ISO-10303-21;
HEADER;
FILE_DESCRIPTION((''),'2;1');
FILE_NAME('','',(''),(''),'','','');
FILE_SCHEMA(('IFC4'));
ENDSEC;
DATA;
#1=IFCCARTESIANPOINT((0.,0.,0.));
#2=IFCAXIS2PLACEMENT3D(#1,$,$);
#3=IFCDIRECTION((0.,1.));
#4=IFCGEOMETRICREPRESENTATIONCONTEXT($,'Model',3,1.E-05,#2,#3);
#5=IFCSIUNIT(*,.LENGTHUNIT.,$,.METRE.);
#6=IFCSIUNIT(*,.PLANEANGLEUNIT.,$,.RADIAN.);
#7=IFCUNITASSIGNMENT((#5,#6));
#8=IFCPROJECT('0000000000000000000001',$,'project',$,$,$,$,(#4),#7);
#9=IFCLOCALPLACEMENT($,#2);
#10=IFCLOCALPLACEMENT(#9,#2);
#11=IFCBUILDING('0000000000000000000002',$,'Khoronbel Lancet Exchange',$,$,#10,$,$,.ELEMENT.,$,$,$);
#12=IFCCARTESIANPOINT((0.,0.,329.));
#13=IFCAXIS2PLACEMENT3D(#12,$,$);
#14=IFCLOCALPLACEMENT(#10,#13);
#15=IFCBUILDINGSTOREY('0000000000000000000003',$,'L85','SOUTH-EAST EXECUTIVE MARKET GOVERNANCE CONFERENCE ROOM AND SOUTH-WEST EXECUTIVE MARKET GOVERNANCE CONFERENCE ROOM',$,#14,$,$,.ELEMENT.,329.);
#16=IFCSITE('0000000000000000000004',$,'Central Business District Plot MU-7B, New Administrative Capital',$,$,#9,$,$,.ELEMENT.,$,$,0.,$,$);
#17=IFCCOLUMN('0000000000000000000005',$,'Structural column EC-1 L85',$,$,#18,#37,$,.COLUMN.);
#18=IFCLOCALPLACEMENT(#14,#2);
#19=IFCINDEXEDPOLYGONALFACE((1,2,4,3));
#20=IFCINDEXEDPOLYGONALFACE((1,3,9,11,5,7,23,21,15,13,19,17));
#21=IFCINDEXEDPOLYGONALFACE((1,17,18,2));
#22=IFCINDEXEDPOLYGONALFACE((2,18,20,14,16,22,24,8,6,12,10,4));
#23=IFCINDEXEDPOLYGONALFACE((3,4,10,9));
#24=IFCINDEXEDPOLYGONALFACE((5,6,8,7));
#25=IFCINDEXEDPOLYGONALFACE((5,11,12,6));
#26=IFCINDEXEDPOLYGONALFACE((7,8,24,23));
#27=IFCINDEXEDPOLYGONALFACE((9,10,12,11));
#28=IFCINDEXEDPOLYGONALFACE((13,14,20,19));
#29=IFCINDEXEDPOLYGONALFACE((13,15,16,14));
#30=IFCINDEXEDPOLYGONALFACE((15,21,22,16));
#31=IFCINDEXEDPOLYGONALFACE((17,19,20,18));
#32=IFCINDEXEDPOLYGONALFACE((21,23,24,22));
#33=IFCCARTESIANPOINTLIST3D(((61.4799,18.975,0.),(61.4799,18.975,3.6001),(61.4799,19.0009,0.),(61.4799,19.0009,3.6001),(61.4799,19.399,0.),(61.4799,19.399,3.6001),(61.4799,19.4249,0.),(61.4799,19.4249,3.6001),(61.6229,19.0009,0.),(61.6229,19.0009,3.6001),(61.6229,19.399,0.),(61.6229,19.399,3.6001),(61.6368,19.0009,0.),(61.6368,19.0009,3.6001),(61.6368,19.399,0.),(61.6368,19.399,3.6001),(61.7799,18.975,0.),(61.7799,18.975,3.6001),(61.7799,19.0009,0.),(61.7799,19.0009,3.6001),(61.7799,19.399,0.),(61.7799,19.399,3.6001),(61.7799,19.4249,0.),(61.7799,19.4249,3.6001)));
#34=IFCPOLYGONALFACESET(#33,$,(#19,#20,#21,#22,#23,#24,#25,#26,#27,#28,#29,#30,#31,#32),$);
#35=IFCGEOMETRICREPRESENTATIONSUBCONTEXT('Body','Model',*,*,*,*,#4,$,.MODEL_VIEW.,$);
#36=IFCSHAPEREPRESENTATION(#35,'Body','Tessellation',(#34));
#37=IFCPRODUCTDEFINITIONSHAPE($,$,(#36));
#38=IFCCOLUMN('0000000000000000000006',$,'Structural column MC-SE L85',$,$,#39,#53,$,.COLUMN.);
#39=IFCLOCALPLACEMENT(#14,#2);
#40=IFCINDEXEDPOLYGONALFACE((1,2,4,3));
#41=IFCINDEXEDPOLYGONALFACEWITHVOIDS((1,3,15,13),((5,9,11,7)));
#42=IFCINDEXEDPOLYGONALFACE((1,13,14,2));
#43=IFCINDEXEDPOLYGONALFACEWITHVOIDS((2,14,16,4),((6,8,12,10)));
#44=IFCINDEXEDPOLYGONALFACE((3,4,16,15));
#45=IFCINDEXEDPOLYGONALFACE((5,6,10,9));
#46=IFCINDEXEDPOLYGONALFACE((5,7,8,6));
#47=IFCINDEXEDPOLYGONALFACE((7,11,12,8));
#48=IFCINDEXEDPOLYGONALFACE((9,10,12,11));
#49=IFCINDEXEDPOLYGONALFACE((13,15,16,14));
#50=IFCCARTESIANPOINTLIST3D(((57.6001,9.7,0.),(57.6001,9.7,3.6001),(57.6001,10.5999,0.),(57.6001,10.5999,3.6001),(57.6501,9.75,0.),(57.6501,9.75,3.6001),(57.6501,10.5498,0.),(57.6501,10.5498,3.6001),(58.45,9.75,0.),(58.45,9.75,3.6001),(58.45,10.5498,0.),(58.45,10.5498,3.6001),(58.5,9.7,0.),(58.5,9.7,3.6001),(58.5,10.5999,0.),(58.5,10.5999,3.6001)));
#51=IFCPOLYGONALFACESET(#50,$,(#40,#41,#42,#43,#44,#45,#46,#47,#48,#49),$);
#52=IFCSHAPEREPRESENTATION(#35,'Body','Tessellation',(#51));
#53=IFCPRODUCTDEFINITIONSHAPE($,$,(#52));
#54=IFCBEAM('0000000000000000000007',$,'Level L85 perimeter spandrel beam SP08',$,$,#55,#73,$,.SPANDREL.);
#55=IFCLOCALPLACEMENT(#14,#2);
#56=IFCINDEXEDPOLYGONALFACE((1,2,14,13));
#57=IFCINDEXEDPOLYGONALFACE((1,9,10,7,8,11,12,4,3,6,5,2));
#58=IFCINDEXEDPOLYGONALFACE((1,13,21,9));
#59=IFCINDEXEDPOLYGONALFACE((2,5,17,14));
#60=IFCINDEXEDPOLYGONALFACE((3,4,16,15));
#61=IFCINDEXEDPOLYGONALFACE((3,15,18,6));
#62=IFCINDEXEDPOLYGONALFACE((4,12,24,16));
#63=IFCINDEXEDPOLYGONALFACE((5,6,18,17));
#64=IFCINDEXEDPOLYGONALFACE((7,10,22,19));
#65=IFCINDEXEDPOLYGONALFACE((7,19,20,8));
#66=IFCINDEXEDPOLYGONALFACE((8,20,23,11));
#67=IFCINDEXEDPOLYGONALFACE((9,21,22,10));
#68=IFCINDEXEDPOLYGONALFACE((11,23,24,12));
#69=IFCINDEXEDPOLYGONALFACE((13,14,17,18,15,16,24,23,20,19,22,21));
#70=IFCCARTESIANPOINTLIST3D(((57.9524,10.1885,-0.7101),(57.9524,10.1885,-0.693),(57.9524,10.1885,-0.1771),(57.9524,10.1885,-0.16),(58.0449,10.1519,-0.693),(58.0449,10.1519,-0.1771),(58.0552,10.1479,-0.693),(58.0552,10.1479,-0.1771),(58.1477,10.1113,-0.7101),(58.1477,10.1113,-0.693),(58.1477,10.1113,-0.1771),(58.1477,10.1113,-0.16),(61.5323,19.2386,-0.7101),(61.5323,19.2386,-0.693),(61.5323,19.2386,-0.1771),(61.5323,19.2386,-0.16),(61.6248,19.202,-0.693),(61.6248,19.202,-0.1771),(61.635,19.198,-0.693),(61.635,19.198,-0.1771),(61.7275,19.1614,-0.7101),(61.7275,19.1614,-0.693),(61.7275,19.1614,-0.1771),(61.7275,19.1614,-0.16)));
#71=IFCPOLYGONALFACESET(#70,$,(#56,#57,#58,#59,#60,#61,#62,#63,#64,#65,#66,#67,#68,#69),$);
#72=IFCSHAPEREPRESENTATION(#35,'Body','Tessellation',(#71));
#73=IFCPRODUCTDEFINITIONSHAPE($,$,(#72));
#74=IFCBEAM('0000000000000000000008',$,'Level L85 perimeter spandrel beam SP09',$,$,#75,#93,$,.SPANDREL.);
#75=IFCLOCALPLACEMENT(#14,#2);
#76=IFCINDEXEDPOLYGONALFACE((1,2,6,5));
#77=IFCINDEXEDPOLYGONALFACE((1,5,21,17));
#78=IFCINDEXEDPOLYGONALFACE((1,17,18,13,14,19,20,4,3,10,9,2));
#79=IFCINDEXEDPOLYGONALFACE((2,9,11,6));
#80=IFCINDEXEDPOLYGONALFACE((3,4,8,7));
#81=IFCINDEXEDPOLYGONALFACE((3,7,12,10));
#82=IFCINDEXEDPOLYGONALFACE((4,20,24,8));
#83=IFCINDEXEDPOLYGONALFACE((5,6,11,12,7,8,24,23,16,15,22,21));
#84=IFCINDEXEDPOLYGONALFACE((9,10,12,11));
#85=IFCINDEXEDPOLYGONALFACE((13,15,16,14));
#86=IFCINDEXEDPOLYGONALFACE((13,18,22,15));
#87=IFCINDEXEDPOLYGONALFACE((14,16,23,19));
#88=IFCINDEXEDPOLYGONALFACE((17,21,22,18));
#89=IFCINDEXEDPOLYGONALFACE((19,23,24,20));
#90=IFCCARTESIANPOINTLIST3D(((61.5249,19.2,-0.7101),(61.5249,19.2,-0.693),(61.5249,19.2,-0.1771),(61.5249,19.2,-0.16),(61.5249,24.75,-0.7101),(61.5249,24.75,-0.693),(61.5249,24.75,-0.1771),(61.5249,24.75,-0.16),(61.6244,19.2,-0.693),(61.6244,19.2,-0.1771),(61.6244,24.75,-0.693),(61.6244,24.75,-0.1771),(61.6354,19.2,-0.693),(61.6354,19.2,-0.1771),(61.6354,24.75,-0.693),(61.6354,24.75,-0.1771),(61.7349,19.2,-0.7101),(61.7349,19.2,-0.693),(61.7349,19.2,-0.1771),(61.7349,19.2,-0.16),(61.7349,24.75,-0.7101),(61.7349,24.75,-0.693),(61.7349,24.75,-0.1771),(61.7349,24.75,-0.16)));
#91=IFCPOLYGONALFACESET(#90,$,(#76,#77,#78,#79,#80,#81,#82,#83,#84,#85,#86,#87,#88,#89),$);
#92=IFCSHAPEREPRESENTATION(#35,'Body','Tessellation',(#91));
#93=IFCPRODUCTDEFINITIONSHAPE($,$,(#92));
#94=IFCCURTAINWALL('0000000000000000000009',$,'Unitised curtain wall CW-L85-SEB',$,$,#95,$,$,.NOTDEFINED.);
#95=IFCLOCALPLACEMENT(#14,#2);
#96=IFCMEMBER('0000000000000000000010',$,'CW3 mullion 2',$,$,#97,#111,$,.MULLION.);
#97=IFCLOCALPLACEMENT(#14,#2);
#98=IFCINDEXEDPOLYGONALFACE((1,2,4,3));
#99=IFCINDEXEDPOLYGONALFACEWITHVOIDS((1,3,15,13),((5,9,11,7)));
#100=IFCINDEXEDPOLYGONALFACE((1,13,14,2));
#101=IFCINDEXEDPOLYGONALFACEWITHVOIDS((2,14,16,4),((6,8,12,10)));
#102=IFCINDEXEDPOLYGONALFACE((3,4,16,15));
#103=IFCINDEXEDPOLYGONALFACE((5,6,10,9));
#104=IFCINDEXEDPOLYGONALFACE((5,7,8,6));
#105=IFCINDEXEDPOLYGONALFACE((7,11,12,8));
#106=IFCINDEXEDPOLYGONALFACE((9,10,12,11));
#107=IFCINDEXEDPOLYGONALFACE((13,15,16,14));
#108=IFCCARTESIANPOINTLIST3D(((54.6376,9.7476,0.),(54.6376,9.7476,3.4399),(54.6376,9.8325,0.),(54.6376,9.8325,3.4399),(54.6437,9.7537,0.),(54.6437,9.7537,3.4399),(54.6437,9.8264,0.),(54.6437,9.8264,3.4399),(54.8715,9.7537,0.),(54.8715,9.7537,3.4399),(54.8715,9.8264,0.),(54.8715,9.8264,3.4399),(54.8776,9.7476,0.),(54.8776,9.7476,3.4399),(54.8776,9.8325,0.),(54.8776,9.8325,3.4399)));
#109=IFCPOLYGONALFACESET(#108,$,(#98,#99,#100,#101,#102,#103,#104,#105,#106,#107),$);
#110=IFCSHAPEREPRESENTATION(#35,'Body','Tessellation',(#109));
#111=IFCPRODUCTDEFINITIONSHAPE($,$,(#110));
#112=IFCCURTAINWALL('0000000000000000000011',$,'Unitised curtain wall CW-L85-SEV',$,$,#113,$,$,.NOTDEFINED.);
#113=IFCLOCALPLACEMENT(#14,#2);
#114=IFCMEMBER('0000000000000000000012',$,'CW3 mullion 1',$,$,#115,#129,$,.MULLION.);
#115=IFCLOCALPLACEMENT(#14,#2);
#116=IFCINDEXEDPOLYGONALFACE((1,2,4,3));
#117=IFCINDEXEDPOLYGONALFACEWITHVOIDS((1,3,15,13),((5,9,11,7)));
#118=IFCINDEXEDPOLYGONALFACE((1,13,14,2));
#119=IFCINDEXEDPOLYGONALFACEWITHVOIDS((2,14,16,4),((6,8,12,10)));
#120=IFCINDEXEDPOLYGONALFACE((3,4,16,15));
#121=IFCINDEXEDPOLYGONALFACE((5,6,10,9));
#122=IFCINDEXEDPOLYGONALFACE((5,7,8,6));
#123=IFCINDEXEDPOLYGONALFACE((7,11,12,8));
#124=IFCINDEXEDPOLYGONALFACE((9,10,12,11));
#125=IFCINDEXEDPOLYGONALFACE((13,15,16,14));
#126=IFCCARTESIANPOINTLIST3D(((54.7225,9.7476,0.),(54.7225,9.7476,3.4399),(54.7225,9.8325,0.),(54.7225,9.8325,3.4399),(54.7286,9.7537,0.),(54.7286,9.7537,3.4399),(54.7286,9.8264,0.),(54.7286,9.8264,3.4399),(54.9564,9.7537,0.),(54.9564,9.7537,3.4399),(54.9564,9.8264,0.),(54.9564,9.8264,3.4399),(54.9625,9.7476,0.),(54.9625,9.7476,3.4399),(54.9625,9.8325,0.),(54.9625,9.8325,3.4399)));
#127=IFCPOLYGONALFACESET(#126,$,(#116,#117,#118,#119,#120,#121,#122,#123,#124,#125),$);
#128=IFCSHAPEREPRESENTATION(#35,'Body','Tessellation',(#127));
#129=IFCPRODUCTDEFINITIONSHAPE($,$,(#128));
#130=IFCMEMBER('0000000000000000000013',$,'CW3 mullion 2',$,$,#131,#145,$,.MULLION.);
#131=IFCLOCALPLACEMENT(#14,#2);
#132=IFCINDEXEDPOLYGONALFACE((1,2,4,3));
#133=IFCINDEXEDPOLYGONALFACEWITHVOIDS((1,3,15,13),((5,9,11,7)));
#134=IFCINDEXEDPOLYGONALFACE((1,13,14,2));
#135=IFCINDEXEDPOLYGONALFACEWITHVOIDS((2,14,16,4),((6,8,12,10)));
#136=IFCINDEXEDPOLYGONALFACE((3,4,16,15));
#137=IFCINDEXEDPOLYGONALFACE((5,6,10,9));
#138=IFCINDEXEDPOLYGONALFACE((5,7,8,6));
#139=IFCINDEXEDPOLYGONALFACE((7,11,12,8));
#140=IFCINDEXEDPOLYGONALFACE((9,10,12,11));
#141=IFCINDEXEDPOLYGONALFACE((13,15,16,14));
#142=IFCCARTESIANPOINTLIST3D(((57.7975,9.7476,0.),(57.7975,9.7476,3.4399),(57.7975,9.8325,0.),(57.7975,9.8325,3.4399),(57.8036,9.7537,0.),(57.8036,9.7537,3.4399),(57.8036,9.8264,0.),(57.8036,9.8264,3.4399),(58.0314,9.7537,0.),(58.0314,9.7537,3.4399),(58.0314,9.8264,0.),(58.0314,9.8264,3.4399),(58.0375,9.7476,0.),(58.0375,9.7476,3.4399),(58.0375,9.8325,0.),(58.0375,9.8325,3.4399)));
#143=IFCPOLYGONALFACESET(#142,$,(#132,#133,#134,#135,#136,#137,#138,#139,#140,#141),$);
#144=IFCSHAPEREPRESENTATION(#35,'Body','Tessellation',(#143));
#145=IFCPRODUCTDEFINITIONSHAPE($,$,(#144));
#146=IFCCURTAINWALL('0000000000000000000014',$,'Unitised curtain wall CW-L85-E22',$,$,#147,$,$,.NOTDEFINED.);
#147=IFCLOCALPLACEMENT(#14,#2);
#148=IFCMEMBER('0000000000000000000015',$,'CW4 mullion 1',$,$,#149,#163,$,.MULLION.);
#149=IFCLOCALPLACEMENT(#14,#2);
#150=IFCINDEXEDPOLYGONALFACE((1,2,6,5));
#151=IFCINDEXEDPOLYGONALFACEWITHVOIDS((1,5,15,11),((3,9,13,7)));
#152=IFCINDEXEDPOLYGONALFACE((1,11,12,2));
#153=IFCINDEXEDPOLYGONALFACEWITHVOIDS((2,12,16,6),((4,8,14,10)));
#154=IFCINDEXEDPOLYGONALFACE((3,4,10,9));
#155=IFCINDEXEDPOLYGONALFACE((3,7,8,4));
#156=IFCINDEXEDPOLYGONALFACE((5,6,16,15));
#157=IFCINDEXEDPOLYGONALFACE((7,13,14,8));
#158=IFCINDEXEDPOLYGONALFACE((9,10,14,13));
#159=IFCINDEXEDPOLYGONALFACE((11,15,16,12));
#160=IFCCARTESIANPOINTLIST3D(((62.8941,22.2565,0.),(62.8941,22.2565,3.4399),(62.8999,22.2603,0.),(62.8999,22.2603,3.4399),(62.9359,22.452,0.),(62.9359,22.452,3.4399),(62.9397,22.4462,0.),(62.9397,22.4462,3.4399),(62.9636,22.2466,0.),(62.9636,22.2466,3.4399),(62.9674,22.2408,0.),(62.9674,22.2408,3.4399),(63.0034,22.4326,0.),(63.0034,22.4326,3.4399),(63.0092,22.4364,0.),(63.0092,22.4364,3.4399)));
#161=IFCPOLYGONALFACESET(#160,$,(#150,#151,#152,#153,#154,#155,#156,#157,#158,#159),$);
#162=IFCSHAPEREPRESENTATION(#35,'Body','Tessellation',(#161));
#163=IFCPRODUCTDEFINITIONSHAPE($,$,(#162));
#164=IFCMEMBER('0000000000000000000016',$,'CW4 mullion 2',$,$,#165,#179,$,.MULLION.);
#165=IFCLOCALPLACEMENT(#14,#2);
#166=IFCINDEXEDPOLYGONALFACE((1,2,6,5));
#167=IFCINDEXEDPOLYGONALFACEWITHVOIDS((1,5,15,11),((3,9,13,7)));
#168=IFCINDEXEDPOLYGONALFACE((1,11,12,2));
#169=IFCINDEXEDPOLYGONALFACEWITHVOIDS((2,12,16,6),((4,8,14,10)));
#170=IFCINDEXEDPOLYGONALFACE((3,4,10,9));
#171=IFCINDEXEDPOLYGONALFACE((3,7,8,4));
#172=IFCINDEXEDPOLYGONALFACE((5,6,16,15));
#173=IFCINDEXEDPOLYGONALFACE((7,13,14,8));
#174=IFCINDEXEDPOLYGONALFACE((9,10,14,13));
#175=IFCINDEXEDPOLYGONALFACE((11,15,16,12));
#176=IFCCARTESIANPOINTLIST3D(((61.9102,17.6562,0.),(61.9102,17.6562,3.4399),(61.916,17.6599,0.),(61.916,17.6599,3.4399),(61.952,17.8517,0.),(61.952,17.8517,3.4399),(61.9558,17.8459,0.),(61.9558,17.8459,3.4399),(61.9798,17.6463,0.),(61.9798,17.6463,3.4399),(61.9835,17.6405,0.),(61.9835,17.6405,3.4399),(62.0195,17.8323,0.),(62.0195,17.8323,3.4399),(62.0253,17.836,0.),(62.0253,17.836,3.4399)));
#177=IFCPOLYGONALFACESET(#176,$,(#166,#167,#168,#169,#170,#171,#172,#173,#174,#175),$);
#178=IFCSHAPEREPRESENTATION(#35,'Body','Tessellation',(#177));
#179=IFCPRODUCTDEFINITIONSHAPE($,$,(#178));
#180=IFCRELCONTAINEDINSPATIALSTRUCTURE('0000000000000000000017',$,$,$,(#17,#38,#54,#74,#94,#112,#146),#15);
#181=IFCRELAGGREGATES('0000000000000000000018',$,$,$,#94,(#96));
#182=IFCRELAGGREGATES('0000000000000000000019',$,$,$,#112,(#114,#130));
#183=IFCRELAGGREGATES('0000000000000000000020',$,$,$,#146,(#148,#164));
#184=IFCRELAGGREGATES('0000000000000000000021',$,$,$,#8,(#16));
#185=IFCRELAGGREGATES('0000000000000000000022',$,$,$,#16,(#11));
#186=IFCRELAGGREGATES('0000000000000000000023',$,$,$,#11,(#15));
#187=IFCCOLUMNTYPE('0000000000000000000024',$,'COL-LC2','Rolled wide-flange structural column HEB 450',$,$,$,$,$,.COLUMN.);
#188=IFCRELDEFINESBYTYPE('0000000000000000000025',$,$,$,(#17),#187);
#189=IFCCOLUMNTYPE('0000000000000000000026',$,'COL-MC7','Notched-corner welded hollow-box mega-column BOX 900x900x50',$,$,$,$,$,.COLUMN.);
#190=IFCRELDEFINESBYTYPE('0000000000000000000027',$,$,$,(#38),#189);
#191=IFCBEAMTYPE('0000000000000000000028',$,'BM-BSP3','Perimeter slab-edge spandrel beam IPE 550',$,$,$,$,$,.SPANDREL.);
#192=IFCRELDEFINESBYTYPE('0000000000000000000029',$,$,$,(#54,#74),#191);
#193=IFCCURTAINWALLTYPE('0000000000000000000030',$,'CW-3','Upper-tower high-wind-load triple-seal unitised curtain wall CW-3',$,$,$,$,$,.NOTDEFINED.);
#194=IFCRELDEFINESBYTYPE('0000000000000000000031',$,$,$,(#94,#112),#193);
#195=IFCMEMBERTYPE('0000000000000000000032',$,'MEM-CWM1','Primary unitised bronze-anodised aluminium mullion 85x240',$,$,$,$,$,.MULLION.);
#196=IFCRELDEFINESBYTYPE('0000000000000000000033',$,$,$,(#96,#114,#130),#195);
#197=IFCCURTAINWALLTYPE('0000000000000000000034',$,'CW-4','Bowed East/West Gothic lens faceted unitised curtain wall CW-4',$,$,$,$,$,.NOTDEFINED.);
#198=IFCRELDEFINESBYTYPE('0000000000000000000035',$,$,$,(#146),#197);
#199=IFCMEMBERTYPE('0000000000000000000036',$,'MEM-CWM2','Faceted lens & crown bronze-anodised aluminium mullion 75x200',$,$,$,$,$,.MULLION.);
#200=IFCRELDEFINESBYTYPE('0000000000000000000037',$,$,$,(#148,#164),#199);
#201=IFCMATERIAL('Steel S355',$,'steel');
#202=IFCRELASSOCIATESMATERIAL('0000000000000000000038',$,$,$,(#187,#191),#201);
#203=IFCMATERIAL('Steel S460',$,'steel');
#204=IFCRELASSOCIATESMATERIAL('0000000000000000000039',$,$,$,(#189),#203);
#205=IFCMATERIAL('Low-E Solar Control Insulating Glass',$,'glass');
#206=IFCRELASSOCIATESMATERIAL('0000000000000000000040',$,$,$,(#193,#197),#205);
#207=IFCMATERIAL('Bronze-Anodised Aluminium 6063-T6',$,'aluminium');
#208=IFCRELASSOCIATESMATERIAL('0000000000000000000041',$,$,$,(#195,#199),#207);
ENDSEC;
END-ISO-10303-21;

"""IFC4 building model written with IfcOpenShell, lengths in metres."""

from ifc_helpers import new_model, si_unit, direction, frame, origin, origin_2d, place, context, subcontext, project, spatial, hollow_rectangle, i_section, extrude, material, material_profile, profile_set, type_object, element, aggregate, save


model = new_model("IFC4")

# Units and contexts
model_context = context("Model", 3, precision=1e-05, world=origin(), true_north=direction((0.0, 1.0)))
body_context = subcontext(model_context, "Body", "Model", "MODEL_VIEW")
ifc_project = project(units=[si_unit("LENGTHUNIT", "METRE"), si_unit("PLANEANGLEUNIT", "RADIAN")], contexts=[model_context])

# Site, building, storey
site_placement = place(None, origin())
site = spatial("IfcSite", under=ifc_project, at=site_placement, Name="Central Business District Plot MU-7B, New Administrative Capital", CompositionType="ELEMENT", RefElevation=0.0)
building_placement = place(site_placement, origin())
building = spatial("IfcBuilding", under=site, at=building_placement, Name="Khoronbel Lancet Exchange", CompositionType="ELEMENT")
storey_placement = place(building_placement, frame((0.0, 0.0, 329.0)))
storey = spatial("IfcBuildingStorey", under=building, at=storey_placement, Name="L85", Description="SOUTH-EAST EXECUTIVE MARKET GOVERNANCE CONFERENCE ROOM AND SOUTH-WEST EXECUTIVE MARKET GOVERNANCE CONFERENCE ROOM", CompositionType="ELEMENT", Elevation=329.0)

# Columns
ifc_material_1 = material(Name="Steel S355", Category="steel")
ifc_material_profile_1 = material_profile(ifc_material_1, i_section(OverallWidth=0.3, OverallDepth=0.45, WebThickness=0.0139, FlangeThickness=0.0259, at=origin_2d()), Name="HEB 450")
ifc_profile_set_1 = profile_set([ifc_material_profile_1], Name="Steel S355")
column_type_1 = type_object("IfcColumnType", Name="COL-LC2", Description="Rolled wide-flange structural column HEB 450", PredefinedType="COLUMN", material=ifc_profile_set_1)
column_1_placement = place(storey_placement, frame((61.6299, 19.2, 0.0), z_axis=(0.0, 0.0, 1.0), x_axis=(1.0, 0.0, 0.0)))
element("IfcColumn", 1, at=column_1_placement, inside=storey, type_object=column_type_1, Name="Structural column EC-1 L85", PredefinedType="COLUMN", context=body_context, shape_type="SweptSolid", body=[
    extrude(i_section(OverallWidth=0.3, OverallDepth=0.45, WebThickness=0.0139, FlangeThickness=0.0259, at=origin_2d()), origin(), (0.0, 0.0, 1.0), 3.6001),
])
ifc_material_2 = material(Name="Steel S460", Category="steel")
ifc_material_profile_2 = material_profile(ifc_material_2, hollow_rectangle(XDim=0.8999, YDim=0.8999, WallThickness=0.05, at=origin_2d()), Name="BOX 900x900x50")
ifc_profile_set_2 = profile_set([ifc_material_profile_2], Name="Steel S460")
column_type_2 = type_object("IfcColumnType", Name="COL-MC7", Description="Notched-corner welded hollow-box mega-column BOX 900x900x50", PredefinedType="COLUMN", material=ifc_profile_set_2)
column_2_placement = place(storey_placement, frame((58.05, 10.1499, 0.0), z_axis=(0.0, 0.0, 1.0), x_axis=(1.0, 0.0, 0.0)))
element("IfcColumn", 2, at=column_2_placement, inside=storey, type_object=column_type_2, Name="Structural column MC-SE L85", PredefinedType="COLUMN", context=body_context, shape_type="SweptSolid", body=[
    extrude(hollow_rectangle(XDim=0.8999, YDim=0.8999, WallThickness=0.05, at=origin_2d()), origin(), (0.0, 0.0, 1.0), 3.6001),
])

# Beams
ifc_material_profile_3 = material_profile(ifc_material_1, i_section(OverallWidth=0.21, OverallDepth=0.55, WebThickness=0.011, FlangeThickness=0.0171, at=origin_2d()), Name="IPE 550")
ifc_profile_set_3 = profile_set([ifc_material_profile_3], Name="Steel S355")
beam_type = type_object("IfcBeamType", Name="BM-BSP3", Description="Perimeter slab-edge spandrel beam IPE 550", PredefinedType="SPANDREL", material=ifc_profile_set_3)
beam_1_placement = place(storey_placement, frame((58.05, 10.1499, -0.4351), z_axis=(0.367828, 0.929894, 0.0), x_axis=(-0.929894, 0.367828, 0.0)))
element("IfcBeam", 3, at=beam_1_placement, inside=storey, type_object=beam_type, Name="Level L85 perimeter spandrel beam SP08", PredefinedType="SPANDREL", context=body_context, shape_type="SweptSolid", body=[
    extrude(i_section(OverallWidth=0.21, OverallDepth=0.55, WebThickness=0.011, FlangeThickness=0.0171, at=origin_2d()), origin(), (0.0, 0.0, 1.0), 9.7324),
])
beam_2_placement = place(storey_placement, frame((61.6299, 19.2, -0.4351), z_axis=(0.0, 1.0, 0.0), x_axis=(-1.0, 0.0, 0.0)))
element("IfcBeam", 4, at=beam_2_placement, inside=storey, type_object=beam_type, Name="Level L85 perimeter spandrel beam SP09", PredefinedType="SPANDREL", context=body_context, shape_type="SweptSolid", body=[
    extrude(i_section(OverallWidth=0.21, OverallDepth=0.55, WebThickness=0.011, FlangeThickness=0.0171, at=origin_2d()), origin(), (0.0, 0.0, 1.0), 5.55),
])

# Curtain wall, member
ifc_material_3 = material(Name="Low-E Solar Control Insulating Glass", Category="glass")
curtain_wall_type_1 = type_object("IfcCurtainWallType", Name="CW-3", Description="Upper-tower high-wind-load triple-seal unitised curtain wall CW-3", PredefinedType="NOTDEFINED", material=ifc_material_3)
curtain_wall_1_placement = place(storey_placement, origin())
curtain_wall_1 = element("IfcCurtainWall", 5, at=curtain_wall_1_placement, inside=storey, type_object=curtain_wall_type_1, Name="Unitised curtain wall CW-L85-SEB", PredefinedType="NOTDEFINED")
ifc_material_4 = material(Name="Bronze-Anodised Aluminium 6063-T6", Category="aluminium")
ifc_material_profile_4 = material_profile(ifc_material_4, hollow_rectangle(XDim=0.085, YDim=0.24, WallThickness=0.0061, at=origin_2d()), Name="ALU MULLION 85x240")
ifc_profile_set_4 = profile_set([ifc_material_profile_4], Name="Bronze-Anodised Aluminium 6063-T6")
member_type_1 = type_object("IfcMemberType", Name="MEM-CWM1", Description="Primary unitised bronze-anodised aluminium mullion 85x240", PredefinedType="MULLION", material=ifc_profile_set_4)
member_1_placement = place(storey_placement, frame((54.7576, 9.79, 0.0), z_axis=(0.0, 0.0, 1.0), x_axis=(0.0, 1.0, 0.0)))
member_1 = element("IfcMember", 6, at=member_1_placement, type_object=member_type_1, Name="CW3 mullion 2", PredefinedType="MULLION", context=body_context, shape_type="SweptSolid", body=[
    extrude(hollow_rectangle(XDim=0.085, YDim=0.24, WallThickness=0.0061, at=origin_2d()), origin(), (0.0, 0.0, 1.0), 3.4399),
])
aggregate(curtain_wall_1, [member_1])

# Curtain walls, members
curtain_wall_2_placement = place(storey_placement, origin())
curtain_wall_2 = element("IfcCurtainWall", 7, at=curtain_wall_2_placement, inside=storey, type_object=curtain_wall_type_1, Name="Unitised curtain wall CW-L85-SEV", PredefinedType="NOTDEFINED")
member_2_placement = place(storey_placement, frame((54.8425, 9.79, 0.0), z_axis=(0.0, 0.0, 1.0), x_axis=(0.0, 1.0, 0.0)))
member_2 = element("IfcMember", 8, at=member_2_placement, type_object=member_type_1, Name="CW3 mullion 1", PredefinedType="MULLION", context=body_context, shape_type="SweptSolid", body=[
    extrude(hollow_rectangle(XDim=0.085, YDim=0.24, WallThickness=0.0061, at=origin_2d()), origin(), (0.0, 0.0, 1.0), 3.4399),
])
member_3_placement = place(storey_placement, frame((57.9175, 9.79, 0.0), z_axis=(0.0, 0.0, 1.0), x_axis=(0.0, 1.0, 0.0)))
member_3 = element("IfcMember", 9, at=member_3_placement, type_object=member_type_1, Name="CW3 mullion 2", PredefinedType="MULLION", context=body_context, shape_type="SweptSolid", body=[
    extrude(hollow_rectangle(XDim=0.085, YDim=0.24, WallThickness=0.0061, at=origin_2d()), origin(), (0.0, 0.0, 1.0), 3.4399),
])
curtain_wall_type_2 = type_object("IfcCurtainWallType", Name="CW-4", Description="Bowed East/West Gothic lens faceted unitised curtain wall CW-4", PredefinedType="NOTDEFINED", material=ifc_material_3)
curtain_wall_3_placement = place(storey_placement, origin())
curtain_wall_3 = element("IfcCurtainWall", 10, at=curtain_wall_3_placement, inside=storey, type_object=curtain_wall_type_2, Name="Unitised curtain wall CW-L85-E22", PredefinedType="NOTDEFINED")
ifc_material_profile_5 = material_profile(ifc_material_4, hollow_rectangle(XDim=0.075, YDim=0.2, WallThickness=0.0049, at=origin_2d()), Name="ALU MULLION 75x200")
ifc_profile_set_5 = profile_set([ifc_material_profile_5], Name="Bronze-Anodised Aluminium 6063-T6")
member_type_2 = type_object("IfcMemberType", Name="MEM-CWM2", Description="Faceted lens & crown bronze-anodised aluminium mullion 75x200", PredefinedType="MULLION", material=ifc_profile_set_5)
member_4_placement = place(storey_placement, frame((62.9517, 22.3464, 0.0), z_axis=(0.0, 0.0, 1.0), x_axis=(0.977892, -0.209112, 0.0)))
member_4 = element("IfcMember", 11, at=member_4_placement, type_object=member_type_2, Name="CW4 mullion 1", PredefinedType="MULLION", context=body_context, shape_type="SweptSolid", body=[
    extrude(hollow_rectangle(XDim=0.075, YDim=0.2, WallThickness=0.0049, at=origin_2d()), origin(), (0.0, 0.0, 1.0), 3.4399),
])
member_5_placement = place(storey_placement, frame((61.9678, 17.7461, 0.0), z_axis=(0.0, 0.0, 1.0), x_axis=(0.977892, -0.209112, 0.0)))
member_5 = element("IfcMember", 12, at=member_5_placement, type_object=member_type_2, Name="CW4 mullion 2", PredefinedType="MULLION", context=body_context, shape_type="SweptSolid", body=[
    extrude(hollow_rectangle(XDim=0.075, YDim=0.2, WallThickness=0.0049, at=origin_2d()), origin(), (0.0, 0.0, 1.0), 3.4399),
])

aggregate(curtain_wall_2, [member_2, member_3])
aggregate(curtain_wall_3, [member_4, member_5])

save(model, "model.ifc")
